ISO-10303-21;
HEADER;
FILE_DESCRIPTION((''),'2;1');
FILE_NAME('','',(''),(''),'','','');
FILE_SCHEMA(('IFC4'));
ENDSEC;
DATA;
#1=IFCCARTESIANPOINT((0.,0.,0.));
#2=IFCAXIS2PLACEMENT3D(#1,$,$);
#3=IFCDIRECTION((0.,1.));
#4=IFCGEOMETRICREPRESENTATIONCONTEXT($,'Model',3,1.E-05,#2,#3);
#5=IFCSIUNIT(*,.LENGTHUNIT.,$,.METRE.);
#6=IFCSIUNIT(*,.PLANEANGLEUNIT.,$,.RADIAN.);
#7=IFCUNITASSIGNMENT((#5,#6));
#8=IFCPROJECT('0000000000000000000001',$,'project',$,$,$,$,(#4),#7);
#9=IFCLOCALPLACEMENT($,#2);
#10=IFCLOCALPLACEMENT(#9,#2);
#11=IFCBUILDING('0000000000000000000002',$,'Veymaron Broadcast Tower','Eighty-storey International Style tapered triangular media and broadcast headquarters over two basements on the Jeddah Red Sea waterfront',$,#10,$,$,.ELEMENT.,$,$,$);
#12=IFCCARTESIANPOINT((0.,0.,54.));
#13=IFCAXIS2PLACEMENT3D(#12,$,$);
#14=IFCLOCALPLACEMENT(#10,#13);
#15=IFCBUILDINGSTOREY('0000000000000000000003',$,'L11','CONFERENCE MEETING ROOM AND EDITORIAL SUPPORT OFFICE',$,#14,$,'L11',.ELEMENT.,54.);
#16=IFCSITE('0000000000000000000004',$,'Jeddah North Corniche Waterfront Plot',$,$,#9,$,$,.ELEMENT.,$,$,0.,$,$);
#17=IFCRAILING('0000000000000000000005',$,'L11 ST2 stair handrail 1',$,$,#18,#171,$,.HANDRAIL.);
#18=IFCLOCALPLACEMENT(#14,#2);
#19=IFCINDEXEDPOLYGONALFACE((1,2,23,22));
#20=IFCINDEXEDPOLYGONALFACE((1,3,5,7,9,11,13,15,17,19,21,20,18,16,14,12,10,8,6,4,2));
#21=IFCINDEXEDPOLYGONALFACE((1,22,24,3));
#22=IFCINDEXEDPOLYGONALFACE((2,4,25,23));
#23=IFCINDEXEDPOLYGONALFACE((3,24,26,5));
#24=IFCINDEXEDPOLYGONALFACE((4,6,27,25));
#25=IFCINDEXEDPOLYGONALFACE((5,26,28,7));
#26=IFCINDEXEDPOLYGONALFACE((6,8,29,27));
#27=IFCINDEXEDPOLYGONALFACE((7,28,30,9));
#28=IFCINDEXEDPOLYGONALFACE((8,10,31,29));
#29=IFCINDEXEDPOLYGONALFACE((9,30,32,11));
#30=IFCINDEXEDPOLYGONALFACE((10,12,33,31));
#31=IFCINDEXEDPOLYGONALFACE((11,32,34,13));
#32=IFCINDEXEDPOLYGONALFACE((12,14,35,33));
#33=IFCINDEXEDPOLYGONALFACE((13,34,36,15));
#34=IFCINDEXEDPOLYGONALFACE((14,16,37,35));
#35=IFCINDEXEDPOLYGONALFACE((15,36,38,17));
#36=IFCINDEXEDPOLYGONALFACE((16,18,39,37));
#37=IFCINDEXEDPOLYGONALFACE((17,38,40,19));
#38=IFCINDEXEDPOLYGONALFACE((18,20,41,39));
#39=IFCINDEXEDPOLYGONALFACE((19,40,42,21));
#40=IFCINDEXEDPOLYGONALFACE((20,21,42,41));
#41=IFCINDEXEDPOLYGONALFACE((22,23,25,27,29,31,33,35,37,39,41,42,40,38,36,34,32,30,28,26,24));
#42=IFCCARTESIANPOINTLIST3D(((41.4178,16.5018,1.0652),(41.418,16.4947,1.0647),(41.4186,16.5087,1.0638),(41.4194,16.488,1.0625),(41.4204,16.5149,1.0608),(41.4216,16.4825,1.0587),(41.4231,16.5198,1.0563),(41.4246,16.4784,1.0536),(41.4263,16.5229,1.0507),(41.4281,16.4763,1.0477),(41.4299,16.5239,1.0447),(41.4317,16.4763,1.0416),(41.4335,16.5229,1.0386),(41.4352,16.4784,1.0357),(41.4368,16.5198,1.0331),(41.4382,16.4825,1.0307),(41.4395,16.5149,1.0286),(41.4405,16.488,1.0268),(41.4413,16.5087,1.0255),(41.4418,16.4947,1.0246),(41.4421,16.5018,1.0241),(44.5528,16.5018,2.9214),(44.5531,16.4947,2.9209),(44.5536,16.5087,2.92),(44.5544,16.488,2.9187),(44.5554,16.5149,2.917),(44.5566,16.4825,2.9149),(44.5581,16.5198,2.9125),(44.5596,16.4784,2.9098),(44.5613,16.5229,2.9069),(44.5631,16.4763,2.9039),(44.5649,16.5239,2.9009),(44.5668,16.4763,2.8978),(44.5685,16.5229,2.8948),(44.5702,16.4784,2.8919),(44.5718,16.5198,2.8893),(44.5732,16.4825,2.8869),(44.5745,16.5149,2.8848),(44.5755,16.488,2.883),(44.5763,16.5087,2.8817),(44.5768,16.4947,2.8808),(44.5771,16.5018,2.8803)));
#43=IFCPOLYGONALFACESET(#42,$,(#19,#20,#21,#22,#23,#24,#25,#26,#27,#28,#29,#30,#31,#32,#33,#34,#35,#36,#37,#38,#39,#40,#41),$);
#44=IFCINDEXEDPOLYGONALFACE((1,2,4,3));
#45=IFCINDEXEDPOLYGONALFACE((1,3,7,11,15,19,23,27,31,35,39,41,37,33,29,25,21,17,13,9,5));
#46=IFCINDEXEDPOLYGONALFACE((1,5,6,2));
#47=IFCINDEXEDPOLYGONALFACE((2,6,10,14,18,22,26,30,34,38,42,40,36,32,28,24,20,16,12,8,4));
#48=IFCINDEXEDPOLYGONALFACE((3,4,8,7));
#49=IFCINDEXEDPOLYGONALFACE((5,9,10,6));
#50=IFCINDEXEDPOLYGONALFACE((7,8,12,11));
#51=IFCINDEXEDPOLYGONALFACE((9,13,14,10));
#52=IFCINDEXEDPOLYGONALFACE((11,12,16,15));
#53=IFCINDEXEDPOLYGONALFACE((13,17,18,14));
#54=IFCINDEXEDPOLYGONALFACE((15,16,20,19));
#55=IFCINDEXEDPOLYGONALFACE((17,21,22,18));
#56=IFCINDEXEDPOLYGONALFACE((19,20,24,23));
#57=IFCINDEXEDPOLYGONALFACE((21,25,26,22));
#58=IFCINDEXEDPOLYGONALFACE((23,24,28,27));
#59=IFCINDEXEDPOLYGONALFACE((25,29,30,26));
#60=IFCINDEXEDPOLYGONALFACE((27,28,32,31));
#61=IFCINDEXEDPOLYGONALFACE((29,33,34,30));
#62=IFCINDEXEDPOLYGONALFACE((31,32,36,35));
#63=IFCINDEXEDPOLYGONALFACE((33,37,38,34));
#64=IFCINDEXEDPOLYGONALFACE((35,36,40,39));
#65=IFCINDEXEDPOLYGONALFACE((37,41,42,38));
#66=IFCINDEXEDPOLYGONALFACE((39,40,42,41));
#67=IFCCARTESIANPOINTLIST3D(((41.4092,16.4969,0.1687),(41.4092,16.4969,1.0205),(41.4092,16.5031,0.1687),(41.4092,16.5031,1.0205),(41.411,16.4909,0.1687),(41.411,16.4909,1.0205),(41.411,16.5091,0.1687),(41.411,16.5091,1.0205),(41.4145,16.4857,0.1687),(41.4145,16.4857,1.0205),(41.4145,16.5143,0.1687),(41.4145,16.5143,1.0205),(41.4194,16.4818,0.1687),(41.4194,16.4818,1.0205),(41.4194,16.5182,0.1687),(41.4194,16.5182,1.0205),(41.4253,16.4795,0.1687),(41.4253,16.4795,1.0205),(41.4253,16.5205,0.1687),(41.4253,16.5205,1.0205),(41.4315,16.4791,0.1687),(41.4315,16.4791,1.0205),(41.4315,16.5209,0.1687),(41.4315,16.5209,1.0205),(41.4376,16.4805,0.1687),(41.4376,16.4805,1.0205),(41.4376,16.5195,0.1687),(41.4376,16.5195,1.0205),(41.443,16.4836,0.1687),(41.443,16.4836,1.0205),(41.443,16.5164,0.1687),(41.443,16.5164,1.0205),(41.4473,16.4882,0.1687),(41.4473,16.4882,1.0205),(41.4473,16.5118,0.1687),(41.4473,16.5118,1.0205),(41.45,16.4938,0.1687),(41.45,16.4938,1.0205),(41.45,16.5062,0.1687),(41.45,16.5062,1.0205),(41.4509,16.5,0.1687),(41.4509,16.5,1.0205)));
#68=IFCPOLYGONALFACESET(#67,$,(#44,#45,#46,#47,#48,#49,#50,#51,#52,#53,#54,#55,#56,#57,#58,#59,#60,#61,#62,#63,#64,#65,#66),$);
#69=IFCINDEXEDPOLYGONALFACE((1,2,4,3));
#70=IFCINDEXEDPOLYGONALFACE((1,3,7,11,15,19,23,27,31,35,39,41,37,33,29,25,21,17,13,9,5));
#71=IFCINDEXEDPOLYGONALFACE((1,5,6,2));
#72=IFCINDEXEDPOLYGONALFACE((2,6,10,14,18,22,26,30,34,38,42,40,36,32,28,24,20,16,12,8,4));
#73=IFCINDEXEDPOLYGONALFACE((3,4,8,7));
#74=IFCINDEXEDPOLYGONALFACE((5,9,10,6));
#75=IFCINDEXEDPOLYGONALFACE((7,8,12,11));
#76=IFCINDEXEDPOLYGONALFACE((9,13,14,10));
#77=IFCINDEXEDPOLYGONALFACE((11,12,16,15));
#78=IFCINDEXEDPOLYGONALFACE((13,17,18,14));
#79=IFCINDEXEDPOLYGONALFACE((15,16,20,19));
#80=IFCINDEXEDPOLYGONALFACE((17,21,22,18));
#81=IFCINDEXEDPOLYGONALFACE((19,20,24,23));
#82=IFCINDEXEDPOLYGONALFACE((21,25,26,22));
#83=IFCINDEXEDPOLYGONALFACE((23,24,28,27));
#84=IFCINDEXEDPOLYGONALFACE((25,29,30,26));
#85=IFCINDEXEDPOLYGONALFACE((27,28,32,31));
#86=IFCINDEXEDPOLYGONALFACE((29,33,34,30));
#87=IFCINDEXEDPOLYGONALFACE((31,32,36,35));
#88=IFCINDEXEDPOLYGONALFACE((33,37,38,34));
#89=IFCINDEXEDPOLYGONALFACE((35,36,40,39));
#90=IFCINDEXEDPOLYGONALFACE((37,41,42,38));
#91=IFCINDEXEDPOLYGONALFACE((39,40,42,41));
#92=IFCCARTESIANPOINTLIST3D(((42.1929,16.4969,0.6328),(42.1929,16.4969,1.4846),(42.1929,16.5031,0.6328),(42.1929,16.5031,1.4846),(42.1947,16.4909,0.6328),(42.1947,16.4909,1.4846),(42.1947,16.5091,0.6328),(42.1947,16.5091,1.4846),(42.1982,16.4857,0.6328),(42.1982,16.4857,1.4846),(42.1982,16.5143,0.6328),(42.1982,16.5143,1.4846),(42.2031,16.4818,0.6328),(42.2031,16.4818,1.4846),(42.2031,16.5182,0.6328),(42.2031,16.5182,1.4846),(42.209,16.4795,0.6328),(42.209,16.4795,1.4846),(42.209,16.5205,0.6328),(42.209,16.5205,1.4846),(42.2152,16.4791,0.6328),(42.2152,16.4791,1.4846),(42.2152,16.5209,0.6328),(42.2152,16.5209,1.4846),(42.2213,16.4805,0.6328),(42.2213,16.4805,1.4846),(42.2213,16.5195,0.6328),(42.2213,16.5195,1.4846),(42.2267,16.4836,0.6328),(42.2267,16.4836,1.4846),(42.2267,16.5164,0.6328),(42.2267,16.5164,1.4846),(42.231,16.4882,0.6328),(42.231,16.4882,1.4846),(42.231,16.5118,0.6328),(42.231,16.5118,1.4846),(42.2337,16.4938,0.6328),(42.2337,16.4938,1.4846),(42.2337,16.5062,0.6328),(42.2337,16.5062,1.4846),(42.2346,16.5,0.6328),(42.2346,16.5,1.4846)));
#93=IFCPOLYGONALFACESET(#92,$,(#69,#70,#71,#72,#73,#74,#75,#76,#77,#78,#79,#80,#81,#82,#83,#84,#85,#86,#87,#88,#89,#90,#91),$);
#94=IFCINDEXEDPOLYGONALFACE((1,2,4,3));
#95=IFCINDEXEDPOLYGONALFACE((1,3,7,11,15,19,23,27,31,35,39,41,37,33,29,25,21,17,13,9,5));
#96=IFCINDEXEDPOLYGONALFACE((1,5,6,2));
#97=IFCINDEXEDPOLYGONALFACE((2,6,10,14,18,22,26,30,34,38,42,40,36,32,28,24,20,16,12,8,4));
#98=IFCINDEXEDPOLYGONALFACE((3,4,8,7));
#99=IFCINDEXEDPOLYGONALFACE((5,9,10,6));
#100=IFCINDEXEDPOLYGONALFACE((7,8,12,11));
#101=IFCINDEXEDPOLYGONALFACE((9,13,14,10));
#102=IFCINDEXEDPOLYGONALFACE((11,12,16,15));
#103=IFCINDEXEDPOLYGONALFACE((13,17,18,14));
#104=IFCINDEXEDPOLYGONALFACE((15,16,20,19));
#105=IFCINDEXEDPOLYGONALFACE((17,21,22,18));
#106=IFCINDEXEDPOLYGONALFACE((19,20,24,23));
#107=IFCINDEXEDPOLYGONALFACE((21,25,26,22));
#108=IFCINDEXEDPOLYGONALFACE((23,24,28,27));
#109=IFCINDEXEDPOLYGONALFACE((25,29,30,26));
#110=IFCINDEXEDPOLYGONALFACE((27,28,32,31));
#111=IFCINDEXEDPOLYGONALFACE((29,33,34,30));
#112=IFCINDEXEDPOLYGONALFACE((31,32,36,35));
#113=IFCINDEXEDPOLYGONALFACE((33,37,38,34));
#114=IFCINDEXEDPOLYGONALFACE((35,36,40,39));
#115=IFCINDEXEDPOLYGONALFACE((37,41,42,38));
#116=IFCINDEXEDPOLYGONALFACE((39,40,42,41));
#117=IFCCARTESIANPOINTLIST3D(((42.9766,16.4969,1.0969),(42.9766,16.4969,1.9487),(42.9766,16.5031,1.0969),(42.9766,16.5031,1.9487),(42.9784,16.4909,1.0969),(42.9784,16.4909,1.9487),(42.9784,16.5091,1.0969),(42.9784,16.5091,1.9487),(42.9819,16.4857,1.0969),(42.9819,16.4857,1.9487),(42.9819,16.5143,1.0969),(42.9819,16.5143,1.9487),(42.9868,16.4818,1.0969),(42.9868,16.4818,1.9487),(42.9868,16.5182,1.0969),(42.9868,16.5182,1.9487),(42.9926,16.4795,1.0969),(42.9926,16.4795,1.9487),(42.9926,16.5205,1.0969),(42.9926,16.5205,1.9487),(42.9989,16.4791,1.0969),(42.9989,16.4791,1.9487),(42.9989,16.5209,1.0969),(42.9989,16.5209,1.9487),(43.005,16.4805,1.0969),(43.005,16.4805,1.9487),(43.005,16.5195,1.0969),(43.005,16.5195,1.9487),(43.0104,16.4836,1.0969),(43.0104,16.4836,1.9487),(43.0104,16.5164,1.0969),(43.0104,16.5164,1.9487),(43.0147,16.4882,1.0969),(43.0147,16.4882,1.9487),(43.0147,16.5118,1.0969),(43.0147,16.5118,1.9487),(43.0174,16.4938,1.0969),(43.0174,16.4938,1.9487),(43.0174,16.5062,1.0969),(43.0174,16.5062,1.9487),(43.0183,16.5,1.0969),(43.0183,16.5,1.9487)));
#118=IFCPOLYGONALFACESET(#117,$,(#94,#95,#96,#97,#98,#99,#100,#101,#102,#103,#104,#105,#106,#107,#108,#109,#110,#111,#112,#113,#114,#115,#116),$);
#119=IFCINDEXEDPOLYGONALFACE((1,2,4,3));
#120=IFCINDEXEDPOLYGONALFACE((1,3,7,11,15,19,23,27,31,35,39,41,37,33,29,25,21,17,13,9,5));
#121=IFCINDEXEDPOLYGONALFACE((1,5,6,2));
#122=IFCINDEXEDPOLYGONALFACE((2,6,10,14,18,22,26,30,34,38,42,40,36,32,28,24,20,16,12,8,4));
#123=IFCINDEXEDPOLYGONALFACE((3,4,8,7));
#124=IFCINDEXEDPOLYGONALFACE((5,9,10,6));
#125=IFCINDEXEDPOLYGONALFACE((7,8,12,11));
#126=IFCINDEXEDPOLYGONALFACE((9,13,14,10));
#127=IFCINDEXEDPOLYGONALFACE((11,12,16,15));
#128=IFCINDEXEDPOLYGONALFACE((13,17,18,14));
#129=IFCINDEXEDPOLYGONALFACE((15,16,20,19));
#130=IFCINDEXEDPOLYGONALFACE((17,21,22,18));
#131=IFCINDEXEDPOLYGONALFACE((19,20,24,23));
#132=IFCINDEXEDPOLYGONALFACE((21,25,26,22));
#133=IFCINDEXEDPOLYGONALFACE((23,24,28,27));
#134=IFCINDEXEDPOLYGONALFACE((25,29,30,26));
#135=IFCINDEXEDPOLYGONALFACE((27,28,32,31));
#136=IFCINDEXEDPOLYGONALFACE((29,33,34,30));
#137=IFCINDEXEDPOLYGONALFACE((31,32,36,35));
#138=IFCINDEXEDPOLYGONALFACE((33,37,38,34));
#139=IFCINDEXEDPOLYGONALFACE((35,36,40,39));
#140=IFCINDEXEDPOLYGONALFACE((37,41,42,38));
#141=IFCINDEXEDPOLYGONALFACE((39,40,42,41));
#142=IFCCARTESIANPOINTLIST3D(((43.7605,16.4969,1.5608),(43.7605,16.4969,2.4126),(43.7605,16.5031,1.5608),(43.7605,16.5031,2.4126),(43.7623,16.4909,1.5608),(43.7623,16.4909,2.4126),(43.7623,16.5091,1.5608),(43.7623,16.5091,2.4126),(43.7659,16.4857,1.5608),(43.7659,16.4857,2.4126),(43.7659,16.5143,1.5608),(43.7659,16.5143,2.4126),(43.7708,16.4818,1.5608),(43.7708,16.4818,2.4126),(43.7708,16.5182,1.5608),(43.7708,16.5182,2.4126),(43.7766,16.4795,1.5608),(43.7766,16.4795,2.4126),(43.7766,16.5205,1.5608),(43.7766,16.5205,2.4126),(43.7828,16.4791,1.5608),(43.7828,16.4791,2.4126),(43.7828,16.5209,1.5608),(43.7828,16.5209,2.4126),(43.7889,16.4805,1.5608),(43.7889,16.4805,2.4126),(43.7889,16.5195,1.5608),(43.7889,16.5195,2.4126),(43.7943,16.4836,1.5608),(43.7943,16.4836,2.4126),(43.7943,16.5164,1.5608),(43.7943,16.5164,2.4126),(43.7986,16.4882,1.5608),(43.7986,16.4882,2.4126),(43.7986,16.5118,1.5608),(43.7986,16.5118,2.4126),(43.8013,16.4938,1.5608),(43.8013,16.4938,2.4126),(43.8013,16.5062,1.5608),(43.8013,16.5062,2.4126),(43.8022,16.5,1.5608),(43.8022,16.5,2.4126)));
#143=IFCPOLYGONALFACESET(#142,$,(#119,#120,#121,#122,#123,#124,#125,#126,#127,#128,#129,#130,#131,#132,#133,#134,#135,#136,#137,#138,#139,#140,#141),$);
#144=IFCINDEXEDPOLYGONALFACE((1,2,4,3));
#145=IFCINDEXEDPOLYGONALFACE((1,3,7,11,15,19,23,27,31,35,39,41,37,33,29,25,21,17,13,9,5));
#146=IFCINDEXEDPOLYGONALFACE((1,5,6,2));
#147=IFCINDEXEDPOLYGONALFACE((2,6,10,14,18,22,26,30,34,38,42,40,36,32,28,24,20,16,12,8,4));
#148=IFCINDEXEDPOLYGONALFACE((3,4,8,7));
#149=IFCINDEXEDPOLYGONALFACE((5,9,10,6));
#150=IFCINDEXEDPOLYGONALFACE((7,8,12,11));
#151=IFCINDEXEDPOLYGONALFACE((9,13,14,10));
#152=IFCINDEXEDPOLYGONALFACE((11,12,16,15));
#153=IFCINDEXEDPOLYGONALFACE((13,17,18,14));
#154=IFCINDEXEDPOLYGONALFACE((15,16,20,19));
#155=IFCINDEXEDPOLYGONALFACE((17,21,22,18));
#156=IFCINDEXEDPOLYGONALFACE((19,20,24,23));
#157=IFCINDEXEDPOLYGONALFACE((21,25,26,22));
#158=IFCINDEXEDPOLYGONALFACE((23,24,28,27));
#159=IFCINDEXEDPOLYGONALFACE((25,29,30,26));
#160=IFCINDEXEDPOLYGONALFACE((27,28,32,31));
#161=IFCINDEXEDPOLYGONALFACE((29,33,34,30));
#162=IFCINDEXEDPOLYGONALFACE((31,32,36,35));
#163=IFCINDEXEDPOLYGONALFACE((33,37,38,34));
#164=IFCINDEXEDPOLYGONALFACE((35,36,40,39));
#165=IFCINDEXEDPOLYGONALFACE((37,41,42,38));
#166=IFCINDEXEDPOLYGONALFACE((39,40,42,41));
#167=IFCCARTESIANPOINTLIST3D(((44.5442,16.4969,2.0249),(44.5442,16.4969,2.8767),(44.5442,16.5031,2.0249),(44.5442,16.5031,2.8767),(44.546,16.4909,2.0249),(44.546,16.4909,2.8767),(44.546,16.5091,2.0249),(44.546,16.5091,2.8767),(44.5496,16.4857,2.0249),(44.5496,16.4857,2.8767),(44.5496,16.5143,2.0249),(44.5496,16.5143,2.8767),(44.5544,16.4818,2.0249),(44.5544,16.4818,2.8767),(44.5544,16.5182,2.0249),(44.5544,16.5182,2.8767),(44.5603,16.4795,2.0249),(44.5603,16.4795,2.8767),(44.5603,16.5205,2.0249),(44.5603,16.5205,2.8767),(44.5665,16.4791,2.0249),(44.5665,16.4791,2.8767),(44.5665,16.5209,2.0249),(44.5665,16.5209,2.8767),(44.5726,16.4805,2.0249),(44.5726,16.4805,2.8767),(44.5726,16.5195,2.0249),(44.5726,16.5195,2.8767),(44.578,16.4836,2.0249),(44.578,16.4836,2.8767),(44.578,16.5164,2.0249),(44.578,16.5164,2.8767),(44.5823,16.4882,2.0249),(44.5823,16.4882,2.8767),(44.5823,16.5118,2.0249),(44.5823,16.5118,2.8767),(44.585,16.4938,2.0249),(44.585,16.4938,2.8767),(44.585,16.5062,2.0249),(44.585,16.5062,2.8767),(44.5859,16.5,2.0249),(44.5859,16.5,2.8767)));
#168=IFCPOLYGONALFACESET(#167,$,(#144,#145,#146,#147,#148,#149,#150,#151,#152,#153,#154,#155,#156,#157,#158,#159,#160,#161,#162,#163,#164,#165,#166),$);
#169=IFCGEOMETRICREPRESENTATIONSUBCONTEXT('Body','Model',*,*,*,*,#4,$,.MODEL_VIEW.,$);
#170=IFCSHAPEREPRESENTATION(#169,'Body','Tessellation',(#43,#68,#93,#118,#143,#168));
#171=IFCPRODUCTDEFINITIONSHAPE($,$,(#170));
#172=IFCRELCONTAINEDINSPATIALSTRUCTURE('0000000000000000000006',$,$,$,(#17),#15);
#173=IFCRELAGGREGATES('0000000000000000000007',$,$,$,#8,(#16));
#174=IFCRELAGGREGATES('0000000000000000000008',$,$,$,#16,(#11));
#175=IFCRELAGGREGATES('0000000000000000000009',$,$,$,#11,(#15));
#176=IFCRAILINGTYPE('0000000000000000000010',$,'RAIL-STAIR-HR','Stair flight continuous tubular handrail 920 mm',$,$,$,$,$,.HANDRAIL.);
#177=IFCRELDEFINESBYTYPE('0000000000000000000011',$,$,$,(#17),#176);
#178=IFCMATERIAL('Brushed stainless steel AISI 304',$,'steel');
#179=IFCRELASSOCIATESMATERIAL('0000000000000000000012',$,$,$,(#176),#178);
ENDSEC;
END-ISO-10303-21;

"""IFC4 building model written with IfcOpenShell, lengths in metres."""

from ifc_helpers import new_model, si_unit, direction, frame, origin, origin_2d, place, context, subcontext, project, spatial, circle, extrude, material, type_object, element, save


model = new_model("IFC4")

# Units and contexts
model_context = context("Model", 3, precision=1e-05, world=origin(), true_north=direction((0.0, 1.0)))
body_context = subcontext(model_context, "Body", "Model", "MODEL_VIEW")
ifc_project = project(units=[si_unit("LENGTHUNIT", "METRE"), si_unit("PLANEANGLEUNIT", "RADIAN")], contexts=[model_context])

# Site, building, storey
site_placement = place(None, origin())
site = spatial("IfcSite", under=ifc_project, at=site_placement, Name="Jeddah North Corniche Waterfront Plot", CompositionType="ELEMENT", RefElevation=0.0)
building_placement = place(site_placement, origin())
building = spatial("IfcBuilding", under=site, at=building_placement, Name="Veymaron Broadcast Tower", Description="Eighty-storey International Style tapered triangular media and broadcast headquarters over two basements on the Jeddah Red Sea waterfront", CompositionType="ELEMENT")
storey_placement = place(building_placement, frame((0.0, 0.0, 54.0)))
storey = spatial("IfcBuildingStorey", under=building, at=storey_placement, Name="L11", Description="CONFERENCE MEETING ROOM AND EDITORIAL SUPPORT OFFICE", LongName="L11", CompositionType="ELEMENT", Elevation=54.0)

# Shared definitions
ifc_material_1 = material(Name="Brushed stainless steel AISI 304", Category="steel")

# Railing
railing_type_1 = type_object("IfcRailingType", Name="RAIL-STAIR-HR", Description="Stair flight continuous tubular handrail 920 mm", PredefinedType="HANDRAIL", material=ifc_material_1)
railing_1_placement = place(storey_placement, frame((41.4299, 16.5, 0.1687)))
element("IfcRailing", 1, at=railing_1_placement, inside=storey, type_object=railing_type_1, Name="L11 ST2 stair handrail 1", PredefinedType="HANDRAIL", context=body_context, shape_type="SweptSolid", body=[
    extrude(circle(Radius=0.0239, at=origin_2d()), frame((0.0, 0.0, 0.876), z_axis=(0.860482, 0.0, 0.509481), x_axis=(0.0, 1.0, 0.0)), (0.0, 0.0, 1.0), 3.6433),
    extrude(circle(Radius=0.021, at=origin_2d()), origin(), (0.0, 0.0, 1.0), 0.8518),
    extrude(circle(Radius=0.021, at=origin_2d()), frame((0.7837, 0.0, 0.4641)), (0.0, 0.0, 1.0), 0.8518),
    extrude(circle(Radius=0.021, at=origin_2d()), frame((1.5674, 0.0, 0.9282)), (0.0, 0.0, 1.0), 0.8518),
    extrude(circle(Radius=0.021, at=origin_2d()), frame((2.3513, 0.0, 1.3921)), (0.0, 0.0, 1.0), 0.8518),
    extrude(circle(Radius=0.021, at=origin_2d()), frame((3.135, 0.0, 1.8562)), (0.0, 0.0, 1.0), 0.8518),
])

save(model, "model.ifc")
